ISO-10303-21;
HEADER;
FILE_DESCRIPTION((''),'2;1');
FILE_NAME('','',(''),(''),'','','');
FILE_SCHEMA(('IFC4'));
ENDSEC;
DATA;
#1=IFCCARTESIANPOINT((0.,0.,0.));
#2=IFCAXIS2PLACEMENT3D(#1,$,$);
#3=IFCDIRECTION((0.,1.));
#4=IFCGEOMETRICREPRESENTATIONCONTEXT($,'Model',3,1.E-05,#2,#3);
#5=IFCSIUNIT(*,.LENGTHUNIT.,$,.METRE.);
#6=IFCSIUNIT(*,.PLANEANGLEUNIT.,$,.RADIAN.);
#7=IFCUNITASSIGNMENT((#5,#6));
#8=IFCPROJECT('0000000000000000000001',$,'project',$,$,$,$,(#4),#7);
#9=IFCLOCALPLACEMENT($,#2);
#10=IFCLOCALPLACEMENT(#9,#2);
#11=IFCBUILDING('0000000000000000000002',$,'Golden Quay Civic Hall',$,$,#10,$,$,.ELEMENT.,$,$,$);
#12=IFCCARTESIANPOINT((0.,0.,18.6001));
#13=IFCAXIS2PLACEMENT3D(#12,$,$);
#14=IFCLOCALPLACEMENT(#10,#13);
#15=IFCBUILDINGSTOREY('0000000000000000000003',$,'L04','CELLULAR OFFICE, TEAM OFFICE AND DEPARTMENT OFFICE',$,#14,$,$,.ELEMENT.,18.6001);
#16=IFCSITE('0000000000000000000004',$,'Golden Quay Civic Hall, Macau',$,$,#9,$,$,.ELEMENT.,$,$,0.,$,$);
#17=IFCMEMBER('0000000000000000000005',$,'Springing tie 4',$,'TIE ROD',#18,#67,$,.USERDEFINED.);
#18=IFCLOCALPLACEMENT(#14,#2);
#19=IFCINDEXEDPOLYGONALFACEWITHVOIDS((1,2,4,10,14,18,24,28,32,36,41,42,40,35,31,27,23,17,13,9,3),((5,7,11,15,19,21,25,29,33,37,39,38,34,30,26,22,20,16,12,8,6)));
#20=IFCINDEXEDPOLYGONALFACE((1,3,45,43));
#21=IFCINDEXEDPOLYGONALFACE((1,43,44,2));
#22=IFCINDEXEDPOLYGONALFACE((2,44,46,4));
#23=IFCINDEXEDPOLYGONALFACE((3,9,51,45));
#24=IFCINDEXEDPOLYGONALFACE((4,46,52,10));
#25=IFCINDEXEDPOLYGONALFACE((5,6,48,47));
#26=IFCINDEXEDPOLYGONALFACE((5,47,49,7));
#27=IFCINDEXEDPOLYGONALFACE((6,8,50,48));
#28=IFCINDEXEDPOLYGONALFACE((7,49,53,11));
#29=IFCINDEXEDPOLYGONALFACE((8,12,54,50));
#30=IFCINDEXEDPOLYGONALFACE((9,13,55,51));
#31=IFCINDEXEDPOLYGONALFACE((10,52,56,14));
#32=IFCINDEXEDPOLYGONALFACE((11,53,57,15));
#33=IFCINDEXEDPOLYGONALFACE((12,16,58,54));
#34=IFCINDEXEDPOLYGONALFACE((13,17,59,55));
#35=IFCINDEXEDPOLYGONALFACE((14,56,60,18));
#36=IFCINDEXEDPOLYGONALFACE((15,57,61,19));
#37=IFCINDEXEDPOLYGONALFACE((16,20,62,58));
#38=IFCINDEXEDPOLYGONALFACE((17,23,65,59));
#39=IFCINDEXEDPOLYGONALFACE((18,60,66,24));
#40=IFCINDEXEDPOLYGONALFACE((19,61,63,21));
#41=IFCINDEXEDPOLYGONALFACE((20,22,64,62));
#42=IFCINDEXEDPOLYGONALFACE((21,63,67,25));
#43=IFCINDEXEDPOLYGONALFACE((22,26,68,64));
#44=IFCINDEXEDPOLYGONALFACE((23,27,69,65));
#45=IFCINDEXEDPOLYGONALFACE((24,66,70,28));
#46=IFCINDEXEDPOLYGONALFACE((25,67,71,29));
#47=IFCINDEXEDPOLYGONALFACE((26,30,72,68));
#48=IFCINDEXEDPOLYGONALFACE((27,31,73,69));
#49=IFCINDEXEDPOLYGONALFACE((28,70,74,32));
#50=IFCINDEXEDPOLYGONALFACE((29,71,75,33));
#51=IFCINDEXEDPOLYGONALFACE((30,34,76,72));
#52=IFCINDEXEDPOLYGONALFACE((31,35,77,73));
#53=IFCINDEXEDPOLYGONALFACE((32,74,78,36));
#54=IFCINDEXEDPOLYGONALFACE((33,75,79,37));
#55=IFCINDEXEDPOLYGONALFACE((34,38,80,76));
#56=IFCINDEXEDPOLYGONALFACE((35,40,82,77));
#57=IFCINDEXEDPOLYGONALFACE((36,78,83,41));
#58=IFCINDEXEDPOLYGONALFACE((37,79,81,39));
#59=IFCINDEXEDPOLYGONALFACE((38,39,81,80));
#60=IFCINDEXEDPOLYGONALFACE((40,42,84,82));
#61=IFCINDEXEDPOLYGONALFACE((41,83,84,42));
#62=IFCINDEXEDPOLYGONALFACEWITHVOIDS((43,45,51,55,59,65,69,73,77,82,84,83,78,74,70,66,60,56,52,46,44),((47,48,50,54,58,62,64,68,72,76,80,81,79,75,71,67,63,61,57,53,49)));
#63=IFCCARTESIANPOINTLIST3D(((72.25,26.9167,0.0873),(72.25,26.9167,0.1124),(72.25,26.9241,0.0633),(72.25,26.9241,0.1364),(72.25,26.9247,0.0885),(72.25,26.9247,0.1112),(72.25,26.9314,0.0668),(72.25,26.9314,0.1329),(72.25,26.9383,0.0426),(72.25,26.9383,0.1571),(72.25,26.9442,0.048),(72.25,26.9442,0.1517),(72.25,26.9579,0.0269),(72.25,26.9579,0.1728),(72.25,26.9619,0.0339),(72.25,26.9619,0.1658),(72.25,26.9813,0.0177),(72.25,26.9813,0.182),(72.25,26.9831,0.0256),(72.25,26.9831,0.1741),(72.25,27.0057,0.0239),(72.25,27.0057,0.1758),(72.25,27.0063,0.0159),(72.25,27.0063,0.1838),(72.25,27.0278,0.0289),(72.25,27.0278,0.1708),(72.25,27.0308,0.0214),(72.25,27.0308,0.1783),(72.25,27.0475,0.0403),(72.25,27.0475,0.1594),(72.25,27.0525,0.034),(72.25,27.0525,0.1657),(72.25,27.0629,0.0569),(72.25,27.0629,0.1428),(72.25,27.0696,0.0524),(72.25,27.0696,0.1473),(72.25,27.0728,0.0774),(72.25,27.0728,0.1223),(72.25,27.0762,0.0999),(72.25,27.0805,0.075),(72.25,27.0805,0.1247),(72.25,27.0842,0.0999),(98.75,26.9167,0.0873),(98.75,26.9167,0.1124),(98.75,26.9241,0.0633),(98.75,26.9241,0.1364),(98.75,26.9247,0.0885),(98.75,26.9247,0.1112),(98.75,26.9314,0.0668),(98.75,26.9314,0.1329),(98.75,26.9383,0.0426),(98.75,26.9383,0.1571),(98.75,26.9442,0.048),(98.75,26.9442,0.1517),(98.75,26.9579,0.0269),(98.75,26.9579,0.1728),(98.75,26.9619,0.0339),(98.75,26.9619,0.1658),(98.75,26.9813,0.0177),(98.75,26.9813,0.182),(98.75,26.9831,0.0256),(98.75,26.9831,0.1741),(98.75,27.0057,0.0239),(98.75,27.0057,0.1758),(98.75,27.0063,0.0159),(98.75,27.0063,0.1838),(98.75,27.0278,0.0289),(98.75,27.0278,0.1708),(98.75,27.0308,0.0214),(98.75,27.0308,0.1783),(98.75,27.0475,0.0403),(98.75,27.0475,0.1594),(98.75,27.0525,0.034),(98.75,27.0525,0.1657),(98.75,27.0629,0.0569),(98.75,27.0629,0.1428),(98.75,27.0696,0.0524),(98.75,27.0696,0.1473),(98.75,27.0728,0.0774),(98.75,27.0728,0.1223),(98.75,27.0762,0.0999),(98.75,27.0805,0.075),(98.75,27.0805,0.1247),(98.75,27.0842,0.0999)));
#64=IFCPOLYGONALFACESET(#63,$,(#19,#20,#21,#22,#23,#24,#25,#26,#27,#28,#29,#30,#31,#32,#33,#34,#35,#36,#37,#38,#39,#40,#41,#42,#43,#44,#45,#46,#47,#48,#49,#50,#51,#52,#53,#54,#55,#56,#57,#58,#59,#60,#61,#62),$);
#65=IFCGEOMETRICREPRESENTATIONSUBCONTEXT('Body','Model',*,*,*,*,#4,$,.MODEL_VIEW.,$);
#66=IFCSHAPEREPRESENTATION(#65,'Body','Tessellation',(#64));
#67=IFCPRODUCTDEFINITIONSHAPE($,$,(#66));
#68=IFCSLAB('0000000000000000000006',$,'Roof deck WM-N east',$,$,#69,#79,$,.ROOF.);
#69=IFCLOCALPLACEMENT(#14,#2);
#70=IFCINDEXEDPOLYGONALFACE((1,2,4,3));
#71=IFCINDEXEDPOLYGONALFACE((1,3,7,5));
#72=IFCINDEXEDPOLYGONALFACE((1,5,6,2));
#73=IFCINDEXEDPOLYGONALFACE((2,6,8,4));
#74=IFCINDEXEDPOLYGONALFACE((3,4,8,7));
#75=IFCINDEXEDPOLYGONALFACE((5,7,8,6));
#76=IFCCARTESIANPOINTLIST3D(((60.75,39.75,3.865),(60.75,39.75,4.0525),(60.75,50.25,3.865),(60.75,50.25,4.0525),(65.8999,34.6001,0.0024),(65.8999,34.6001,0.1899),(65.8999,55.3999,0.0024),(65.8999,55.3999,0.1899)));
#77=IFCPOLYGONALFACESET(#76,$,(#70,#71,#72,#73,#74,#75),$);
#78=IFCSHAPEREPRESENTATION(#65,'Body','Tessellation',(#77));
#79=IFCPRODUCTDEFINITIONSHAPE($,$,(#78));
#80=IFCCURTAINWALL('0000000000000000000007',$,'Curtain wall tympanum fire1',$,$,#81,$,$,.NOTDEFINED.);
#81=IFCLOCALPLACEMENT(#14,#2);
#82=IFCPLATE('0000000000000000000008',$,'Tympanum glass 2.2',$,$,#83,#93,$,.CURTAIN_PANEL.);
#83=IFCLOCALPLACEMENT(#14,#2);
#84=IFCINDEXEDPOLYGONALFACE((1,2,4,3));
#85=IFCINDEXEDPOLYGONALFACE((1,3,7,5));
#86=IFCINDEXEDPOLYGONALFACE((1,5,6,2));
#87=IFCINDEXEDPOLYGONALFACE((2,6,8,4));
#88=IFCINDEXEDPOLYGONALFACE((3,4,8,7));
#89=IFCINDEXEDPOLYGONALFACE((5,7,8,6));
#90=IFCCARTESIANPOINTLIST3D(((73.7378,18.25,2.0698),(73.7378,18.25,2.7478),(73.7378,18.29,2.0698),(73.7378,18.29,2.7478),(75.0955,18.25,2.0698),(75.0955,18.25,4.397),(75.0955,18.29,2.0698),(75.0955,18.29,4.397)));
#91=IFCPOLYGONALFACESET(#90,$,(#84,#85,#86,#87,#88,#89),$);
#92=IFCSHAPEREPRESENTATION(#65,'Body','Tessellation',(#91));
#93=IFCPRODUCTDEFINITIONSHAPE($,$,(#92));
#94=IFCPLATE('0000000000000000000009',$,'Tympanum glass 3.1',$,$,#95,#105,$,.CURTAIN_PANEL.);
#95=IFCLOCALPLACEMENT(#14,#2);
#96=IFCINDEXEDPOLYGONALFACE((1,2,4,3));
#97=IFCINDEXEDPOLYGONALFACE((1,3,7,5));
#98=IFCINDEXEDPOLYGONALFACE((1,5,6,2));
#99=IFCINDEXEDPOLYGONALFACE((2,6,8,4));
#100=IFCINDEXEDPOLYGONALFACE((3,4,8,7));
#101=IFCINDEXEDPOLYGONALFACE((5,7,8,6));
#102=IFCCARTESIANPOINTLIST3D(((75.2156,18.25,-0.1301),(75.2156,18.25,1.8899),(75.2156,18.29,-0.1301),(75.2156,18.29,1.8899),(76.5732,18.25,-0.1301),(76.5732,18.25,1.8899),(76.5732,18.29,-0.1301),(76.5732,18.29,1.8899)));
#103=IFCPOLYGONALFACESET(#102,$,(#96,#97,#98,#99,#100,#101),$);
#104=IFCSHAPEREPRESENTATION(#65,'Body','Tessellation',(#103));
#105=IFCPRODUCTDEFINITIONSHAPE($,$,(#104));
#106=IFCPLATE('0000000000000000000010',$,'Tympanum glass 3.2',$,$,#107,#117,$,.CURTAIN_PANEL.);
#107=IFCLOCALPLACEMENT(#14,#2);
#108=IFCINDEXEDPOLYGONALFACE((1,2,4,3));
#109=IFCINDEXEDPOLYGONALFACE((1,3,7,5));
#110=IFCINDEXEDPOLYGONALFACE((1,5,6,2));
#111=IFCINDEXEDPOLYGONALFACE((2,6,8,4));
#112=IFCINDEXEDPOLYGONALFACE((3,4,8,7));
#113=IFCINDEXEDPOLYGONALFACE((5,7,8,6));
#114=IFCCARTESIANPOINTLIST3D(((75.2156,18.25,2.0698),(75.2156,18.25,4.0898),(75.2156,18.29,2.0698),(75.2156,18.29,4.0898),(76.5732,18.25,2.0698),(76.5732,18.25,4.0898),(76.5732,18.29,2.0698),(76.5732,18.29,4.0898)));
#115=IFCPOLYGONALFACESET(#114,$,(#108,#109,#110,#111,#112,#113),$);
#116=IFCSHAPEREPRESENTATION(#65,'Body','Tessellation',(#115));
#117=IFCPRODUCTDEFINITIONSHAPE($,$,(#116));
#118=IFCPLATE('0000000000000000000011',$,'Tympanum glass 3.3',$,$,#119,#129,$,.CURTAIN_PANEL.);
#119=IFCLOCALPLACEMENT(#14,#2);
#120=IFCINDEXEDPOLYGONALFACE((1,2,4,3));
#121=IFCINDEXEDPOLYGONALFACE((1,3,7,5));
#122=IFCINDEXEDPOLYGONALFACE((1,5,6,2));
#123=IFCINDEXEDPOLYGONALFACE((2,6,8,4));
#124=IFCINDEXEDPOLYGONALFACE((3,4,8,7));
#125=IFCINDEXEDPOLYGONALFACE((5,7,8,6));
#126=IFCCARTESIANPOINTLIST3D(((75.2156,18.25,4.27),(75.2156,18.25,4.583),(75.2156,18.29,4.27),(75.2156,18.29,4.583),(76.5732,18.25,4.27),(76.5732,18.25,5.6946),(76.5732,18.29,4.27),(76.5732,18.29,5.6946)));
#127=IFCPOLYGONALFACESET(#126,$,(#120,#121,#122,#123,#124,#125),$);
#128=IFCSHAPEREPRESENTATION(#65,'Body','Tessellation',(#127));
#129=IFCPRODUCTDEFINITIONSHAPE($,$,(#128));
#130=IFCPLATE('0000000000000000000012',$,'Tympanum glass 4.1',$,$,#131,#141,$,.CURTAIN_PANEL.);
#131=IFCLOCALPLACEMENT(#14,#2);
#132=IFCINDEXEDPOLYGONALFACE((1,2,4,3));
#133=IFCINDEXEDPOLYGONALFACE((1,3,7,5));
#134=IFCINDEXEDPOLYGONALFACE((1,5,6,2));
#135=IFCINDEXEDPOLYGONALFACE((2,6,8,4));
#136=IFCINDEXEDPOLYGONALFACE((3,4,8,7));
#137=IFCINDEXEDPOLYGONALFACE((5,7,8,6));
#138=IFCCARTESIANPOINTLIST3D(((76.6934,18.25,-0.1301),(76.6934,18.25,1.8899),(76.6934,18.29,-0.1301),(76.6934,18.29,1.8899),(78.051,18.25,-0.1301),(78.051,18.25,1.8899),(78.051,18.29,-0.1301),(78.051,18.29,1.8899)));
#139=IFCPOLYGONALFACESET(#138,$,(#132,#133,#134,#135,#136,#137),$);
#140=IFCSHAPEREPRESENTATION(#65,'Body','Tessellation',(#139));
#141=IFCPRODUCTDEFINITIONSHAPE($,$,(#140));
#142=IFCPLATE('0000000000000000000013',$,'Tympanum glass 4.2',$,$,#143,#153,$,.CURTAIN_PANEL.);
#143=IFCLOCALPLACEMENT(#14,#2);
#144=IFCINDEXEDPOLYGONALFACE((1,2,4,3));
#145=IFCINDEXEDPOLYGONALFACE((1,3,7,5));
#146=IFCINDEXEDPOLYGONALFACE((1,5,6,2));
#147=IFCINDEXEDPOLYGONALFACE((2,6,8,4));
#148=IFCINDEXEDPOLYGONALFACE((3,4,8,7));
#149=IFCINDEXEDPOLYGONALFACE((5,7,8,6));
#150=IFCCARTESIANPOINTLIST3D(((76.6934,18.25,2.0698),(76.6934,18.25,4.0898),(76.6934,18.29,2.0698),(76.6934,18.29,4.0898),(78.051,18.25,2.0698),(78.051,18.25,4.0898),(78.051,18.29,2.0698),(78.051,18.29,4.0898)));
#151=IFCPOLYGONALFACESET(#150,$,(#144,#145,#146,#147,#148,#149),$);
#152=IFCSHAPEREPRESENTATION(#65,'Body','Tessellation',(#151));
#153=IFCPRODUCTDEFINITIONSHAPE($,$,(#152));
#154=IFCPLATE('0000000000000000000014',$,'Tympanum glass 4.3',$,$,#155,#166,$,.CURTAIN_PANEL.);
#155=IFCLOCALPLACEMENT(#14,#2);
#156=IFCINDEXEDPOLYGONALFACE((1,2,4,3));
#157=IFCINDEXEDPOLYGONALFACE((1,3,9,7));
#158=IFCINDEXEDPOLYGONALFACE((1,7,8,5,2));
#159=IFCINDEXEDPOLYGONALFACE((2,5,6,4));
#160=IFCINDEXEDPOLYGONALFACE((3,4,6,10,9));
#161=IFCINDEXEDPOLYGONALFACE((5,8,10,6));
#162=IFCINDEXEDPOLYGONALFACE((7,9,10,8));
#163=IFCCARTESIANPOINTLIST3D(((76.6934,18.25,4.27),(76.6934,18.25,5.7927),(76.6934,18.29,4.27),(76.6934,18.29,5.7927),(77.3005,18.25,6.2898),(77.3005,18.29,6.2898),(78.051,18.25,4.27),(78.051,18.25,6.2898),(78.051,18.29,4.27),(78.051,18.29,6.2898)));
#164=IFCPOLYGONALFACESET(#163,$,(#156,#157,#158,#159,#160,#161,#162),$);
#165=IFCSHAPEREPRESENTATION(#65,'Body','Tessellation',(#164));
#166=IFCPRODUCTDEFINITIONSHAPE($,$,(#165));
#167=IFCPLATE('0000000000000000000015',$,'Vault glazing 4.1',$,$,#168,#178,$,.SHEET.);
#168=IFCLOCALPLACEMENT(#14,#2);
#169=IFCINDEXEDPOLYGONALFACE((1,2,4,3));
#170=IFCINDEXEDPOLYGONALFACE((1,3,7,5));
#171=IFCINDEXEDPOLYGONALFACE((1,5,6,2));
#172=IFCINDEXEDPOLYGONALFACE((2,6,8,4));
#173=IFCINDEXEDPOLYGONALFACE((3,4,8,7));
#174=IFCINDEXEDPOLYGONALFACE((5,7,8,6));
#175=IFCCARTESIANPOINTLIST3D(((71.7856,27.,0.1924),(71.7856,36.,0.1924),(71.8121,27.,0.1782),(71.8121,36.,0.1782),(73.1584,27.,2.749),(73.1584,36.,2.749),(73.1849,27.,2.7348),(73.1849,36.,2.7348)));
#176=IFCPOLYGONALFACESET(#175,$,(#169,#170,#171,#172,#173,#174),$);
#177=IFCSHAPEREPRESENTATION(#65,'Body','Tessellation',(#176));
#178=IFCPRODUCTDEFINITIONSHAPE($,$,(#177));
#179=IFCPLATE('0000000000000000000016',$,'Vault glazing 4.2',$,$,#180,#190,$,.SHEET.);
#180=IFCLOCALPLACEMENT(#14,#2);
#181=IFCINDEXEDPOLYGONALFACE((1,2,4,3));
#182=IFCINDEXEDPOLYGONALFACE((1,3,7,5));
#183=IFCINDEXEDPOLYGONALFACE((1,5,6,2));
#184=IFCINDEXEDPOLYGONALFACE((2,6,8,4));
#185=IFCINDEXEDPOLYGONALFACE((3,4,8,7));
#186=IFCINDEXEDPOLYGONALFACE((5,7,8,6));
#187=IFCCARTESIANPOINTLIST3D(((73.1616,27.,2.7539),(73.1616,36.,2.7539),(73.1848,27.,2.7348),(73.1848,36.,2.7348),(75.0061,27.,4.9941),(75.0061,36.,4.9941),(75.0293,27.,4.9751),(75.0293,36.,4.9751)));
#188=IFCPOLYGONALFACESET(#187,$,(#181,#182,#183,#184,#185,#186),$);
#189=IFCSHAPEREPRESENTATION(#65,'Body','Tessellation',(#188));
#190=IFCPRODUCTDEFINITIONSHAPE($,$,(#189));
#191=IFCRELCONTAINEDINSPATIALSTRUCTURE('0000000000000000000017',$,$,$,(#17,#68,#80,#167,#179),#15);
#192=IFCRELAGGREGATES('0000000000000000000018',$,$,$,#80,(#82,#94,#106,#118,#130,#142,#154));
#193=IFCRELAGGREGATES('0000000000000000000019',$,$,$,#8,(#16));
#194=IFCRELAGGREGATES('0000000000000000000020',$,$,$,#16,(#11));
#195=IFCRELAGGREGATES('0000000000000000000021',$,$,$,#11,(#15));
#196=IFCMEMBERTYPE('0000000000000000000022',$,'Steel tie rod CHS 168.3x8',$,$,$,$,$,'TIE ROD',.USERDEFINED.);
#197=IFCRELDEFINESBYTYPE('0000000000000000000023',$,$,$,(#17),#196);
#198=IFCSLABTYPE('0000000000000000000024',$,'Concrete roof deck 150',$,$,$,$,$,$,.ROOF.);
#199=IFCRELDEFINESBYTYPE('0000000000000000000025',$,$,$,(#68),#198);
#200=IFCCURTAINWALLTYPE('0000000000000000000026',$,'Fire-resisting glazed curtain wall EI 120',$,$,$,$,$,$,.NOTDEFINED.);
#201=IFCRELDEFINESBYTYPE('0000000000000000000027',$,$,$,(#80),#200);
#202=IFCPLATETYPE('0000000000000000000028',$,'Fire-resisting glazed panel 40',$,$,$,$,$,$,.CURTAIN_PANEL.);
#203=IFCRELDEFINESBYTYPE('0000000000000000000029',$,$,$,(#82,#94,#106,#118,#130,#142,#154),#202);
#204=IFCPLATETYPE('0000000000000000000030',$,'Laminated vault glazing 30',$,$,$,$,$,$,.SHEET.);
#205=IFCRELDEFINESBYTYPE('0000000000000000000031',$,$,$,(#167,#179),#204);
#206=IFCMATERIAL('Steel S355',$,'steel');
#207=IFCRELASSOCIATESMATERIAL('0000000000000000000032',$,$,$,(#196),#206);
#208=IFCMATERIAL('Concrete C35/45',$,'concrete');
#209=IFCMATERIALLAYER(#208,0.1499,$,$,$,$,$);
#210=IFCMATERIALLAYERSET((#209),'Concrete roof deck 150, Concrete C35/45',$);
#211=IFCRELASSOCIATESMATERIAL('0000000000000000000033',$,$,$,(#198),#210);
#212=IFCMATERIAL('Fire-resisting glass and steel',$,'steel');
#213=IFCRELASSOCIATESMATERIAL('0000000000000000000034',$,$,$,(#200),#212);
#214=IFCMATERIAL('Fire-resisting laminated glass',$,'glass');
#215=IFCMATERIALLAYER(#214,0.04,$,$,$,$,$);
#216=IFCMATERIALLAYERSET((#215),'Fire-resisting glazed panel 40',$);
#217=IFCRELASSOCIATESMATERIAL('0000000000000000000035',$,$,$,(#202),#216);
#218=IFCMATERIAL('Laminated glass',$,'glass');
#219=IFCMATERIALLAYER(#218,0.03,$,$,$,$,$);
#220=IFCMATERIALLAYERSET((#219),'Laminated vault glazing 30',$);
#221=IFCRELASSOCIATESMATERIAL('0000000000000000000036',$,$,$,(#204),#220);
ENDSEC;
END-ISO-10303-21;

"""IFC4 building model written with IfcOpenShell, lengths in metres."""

from ifc_helpers import new_model, si_unit, direction, frame, origin, origin_2d, place, context, subcontext, project, spatial, polyline, hollow_circle, outline, extrude, material, layer, layer_set, material_profile, profile_set, type_object, element, aggregate, save


model = new_model("IFC4")

# Units and contexts
model_context = context("Model", 3, precision=1e-05, world=origin(), true_north=direction((0.0, 1.0)))
body_context = subcontext(model_context, "Body", "Model", "MODEL_VIEW")
ifc_project = project(units=[si_unit("LENGTHUNIT", "METRE"), si_unit("PLANEANGLEUNIT", "RADIAN")], contexts=[model_context])

# Site, building, storey
site_placement = place(None, origin())
site = spatial("IfcSite", under=ifc_project, at=site_placement, Name="Golden Quay Civic Hall, Macau", CompositionType="ELEMENT", RefElevation=0.0)
building_placement = place(site_placement, origin())
building = spatial("IfcBuilding", under=site, at=building_placement, Name="Golden Quay Civic Hall", CompositionType="ELEMENT")
storey_placement = place(building_placement, frame((0.0, 0.0, 18.6001)))
storey = spatial("IfcBuildingStorey", under=building, at=storey_placement, Name="L04", Description="CELLULAR OFFICE, TEAM OFFICE AND DEPARTMENT OFFICE", CompositionType="ELEMENT", Elevation=18.6001)

# Member
ifc_material_1 = material(Name="Steel S355", Category="steel")
ifc_material_profile_1 = material_profile(ifc_material_1, hollow_circle(Radius=0.0842, WallThickness=0.0081, at=origin_2d()), Name="CHS 168.3x8")
ifc_profile_set_1 = profile_set([ifc_material_profile_1], Name="Steel S355")
member_type_1 = type_object("IfcMemberType", Name="Steel tie rod CHS 168.3x8", ElementType="TIE ROD", PredefinedType="USERDEFINED", material=ifc_profile_set_1)
member_placement = place(storey_placement, frame((72.25, 27.0, 0.0999), z_axis=(1.0, 0.0, 0.0), x_axis=(0.0, 1.0, 0.0)))
element("IfcMember", 1, at=member_placement, inside=storey, type_object=member_type_1, Name="Springing tie 4", ObjectType="TIE ROD", PredefinedType="USERDEFINED", context=body_context, shape_type="SweptSolid", body=[
    extrude(hollow_circle(Radius=0.0842, WallThickness=0.0081, at=origin_2d()), origin(), (0.0, 0.0, 1.0), 26.5),
])

# Slab
ifc_material_2 = material(Name="Concrete C35/45", Category="concrete")
ifc_layer_1 = layer(ifc_material_2, 0.1499)
ifc_layer_set_1 = layer_set([ifc_layer_1], Name="Concrete roof deck 150, Concrete C35/45")
slab_type = type_object("IfcSlabType", Name="Concrete roof deck 150", PredefinedType="ROOF", material=ifc_layer_set_1)
slab_placement = place(storey_placement, frame((65.8999, 34.6001, 0.1899), z_axis=(0.600012, 0.0, 0.799991), x_axis=(0.0, 1.0, 0.0)))
element("IfcSlab", 2, at=slab_placement, inside=storey, type_object=slab_type, Name="Roof deck WM-N east", PredefinedType="ROOF", context=body_context, shape_type="SweptSolid", body=[
    extrude(outline(polyline([(0.0, 0.0), (20.7998, 0.0), (15.6499, 6.4375), (5.1499, 6.4375), (0.0, 0.0)])), origin(), (0.0, -0.600012, -0.799991), 0.1875),
])

# Curtain wall, plates
ifc_material_3 = material(Name="Fire-resisting glass and steel", Category="steel")
curtain_wall_type = type_object("IfcCurtainWallType", Name="Fire-resisting glazed curtain wall EI 120", PredefinedType="NOTDEFINED", material=ifc_material_3)
curtain_wall_placement = place(storey_placement, origin())
curtain_wall = element("IfcCurtainWall", 3, at=curtain_wall_placement, inside=storey, type_object=curtain_wall_type, Name="Curtain wall tympanum fire1", PredefinedType="NOTDEFINED")
ifc_material_4 = material(Name="Fire-resisting laminated glass", Category="glass")
ifc_layer_2 = layer(ifc_material_4, 0.04)
ifc_layer_set_2 = layer_set([ifc_layer_2], Name="Fire-resisting glazed panel 40")
plate_type_1 = type_object("IfcPlateType", Name="Fire-resisting glazed panel 40", PredefinedType="CURTAIN_PANEL", material=ifc_layer_set_2)
plate_1_placement = place(storey_placement, frame((75.0955, 18.29, 2.0698), z_axis=(0.0, 1.0, 0.0), x_axis=(-1.0, 0.0, 0.0)))
plate_1 = element("IfcPlate", 4, at=plate_1_placement, type_object=plate_type_1, Name="Tympanum glass 2.2", PredefinedType="CURTAIN_PANEL", context=body_context, shape_type="SweptSolid", body=[
    extrude(outline(polyline([(0.0, 0.0), (1.3577, 0.0), (1.3577, 0.678), (0.0, 2.3271), (0.0, 0.0)])), origin(), (0.0, 0.0, -1.0), 0.04),
])
plate_2_placement = place(storey_placement, frame((76.5732, 18.29, -0.1301), z_axis=(0.0, 1.0, 0.0), x_axis=(-1.0, 0.0, 0.0)))
plate_2 = element("IfcPlate", 5, at=plate_2_placement, type_object=plate_type_1, Name="Tympanum glass 3.1", PredefinedType="CURTAIN_PANEL", context=body_context, shape_type="SweptSolid", body=[
    extrude(outline(polyline([(0.0, 0.0), (1.3577, 0.0), (1.3577, 2.02), (0.0, 2.02), (0.0, 0.0)])), origin(), (0.0, 0.0, -1.0), 0.04),
])
plate_3_placement = place(storey_placement, frame((76.5732, 18.29, 2.0698), z_axis=(0.0, 1.0, 0.0), x_axis=(-1.0, 0.0, 0.0)))
plate_3 = element("IfcPlate", 6, at=plate_3_placement, type_object=plate_type_1, Name="Tympanum glass 3.2", PredefinedType="CURTAIN_PANEL", context=body_context, shape_type="SweptSolid", body=[
    extrude(outline(polyline([(0.0, 0.0), (1.3577, 0.0), (1.3577, 2.02), (0.0, 2.02), (0.0, 0.0)])), origin(), (0.0, 0.0, -1.0), 0.04),
])
plate_4_placement = place(storey_placement, frame((76.5732, 18.29, 4.27), z_axis=(0.0, 1.0, 0.0), x_axis=(-1.0, 0.0, 0.0)))
plate_4 = element("IfcPlate", 7, at=plate_4_placement, type_object=plate_type_1, Name="Tympanum glass 3.3", PredefinedType="CURTAIN_PANEL", context=body_context, shape_type="SweptSolid", body=[
    extrude(outline(polyline([(0.0, 0.0), (1.3577, 0.0), (1.3577, 0.313), (0.0, 1.4246), (0.0, 0.0)])), origin(), (0.0, 0.0, -1.0), 0.04),
])
plate_5_placement = place(storey_placement, frame((78.051, 18.29, -0.1301), z_axis=(0.0, 1.0, 0.0), x_axis=(-1.0, 0.0, 0.0)))
plate_5 = element("IfcPlate", 8, at=plate_5_placement, type_object=plate_type_1, Name="Tympanum glass 4.1", PredefinedType="CURTAIN_PANEL", context=body_context, shape_type="SweptSolid", body=[
    extrude(outline(polyline([(0.0, 0.0), (1.3577, 0.0), (1.3577, 2.02), (0.0, 2.02), (0.0, 0.0)])), origin(), (0.0, 0.0, -1.0), 0.04),
])
plate_6_placement = place(storey_placement, frame((78.051, 18.29, 2.0698), z_axis=(0.0, 1.0, 0.0), x_axis=(-1.0, 0.0, 0.0)))
plate_6 = element("IfcPlate", 9, at=plate_6_placement, type_object=plate_type_1, Name="Tympanum glass 4.2", PredefinedType="CURTAIN_PANEL", context=body_context, shape_type="SweptSolid", body=[
    extrude(outline(polyline([(0.0, 0.0), (1.3577, 0.0), (1.3577, 2.02), (0.0, 2.02), (0.0, 0.0)])), origin(), (0.0, 0.0, -1.0), 0.04),
])
plate_7_placement = place(storey_placement, frame((78.051, 18.29, 4.27), z_axis=(0.0, 1.0, 0.0), x_axis=(-1.0, 0.0, 0.0)))
plate_7 = element("IfcPlate", 10, at=plate_7_placement, type_object=plate_type_1, Name="Tympanum glass 4.3", PredefinedType="CURTAIN_PANEL", context=body_context, shape_type="SweptSolid", body=[
    extrude(outline(polyline([(0.0, 0.0), (1.3577, 0.0), (1.3577, 1.5227), (0.7505, 2.0198), (0.0, 2.0198), (0.0, 0.0)])), origin(), (0.0, 0.0, -1.0), 0.04),
])
aggregate(curtain_wall, [plate_1, plate_2, plate_3, plate_4, plate_5, plate_6, plate_7])

# Plates
ifc_material_5 = material(Name="Laminated glass", Category="glass")
ifc_layer_3 = layer(ifc_material_5, 0.03)
ifc_layer_set_3 = layer_set([ifc_layer_3], Name="Laminated vault glazing 30")
plate_type_2 = type_object("IfcPlateType", Name="Laminated vault glazing 30", PredefinedType="SHEET", material=ifc_layer_set_3)
plate_8_placement = place(storey_placement, frame((71.7856, 27.0, 0.1924), z_axis=(-0.881024, 0.0, 0.473071), x_axis=(0.473071, 0.0, 0.881024)))
element("IfcPlate", 11, at=plate_8_placement, inside=storey, type_object=plate_type_2, Name="Vault glazing 4.1", PredefinedType="SHEET", context=body_context, shape_type="SweptSolid", body=[
    extrude(outline(polyline([(0.0, 0.0), (2.9019, 0.0), (2.9019, 9.0), (0.0, 9.0), (0.0, 0.0)])), origin(), (0.0, 0.0, -1.0), 0.03),
])
plate_9_placement = place(storey_placement, frame((73.1616, 27.0, 2.7539), z_axis=(-0.772001, 0.0, 0.635622), x_axis=(0.635622, 0.0, 0.772001)))
element("IfcPlate", 12, at=plate_9_placement, inside=storey, type_object=plate_type_2, Name="Vault glazing 4.2", PredefinedType="SHEET", context=body_context, shape_type="SweptSolid", body=[
    extrude(outline(polyline([(0.0, 0.0), (2.9019, 0.0), (2.9019, 9.0), (0.0, 9.0), (0.0, 0.0)])), origin(), (0.0, 0.0, -1.0), 0.03),
])

save(model, "model.ifc")
